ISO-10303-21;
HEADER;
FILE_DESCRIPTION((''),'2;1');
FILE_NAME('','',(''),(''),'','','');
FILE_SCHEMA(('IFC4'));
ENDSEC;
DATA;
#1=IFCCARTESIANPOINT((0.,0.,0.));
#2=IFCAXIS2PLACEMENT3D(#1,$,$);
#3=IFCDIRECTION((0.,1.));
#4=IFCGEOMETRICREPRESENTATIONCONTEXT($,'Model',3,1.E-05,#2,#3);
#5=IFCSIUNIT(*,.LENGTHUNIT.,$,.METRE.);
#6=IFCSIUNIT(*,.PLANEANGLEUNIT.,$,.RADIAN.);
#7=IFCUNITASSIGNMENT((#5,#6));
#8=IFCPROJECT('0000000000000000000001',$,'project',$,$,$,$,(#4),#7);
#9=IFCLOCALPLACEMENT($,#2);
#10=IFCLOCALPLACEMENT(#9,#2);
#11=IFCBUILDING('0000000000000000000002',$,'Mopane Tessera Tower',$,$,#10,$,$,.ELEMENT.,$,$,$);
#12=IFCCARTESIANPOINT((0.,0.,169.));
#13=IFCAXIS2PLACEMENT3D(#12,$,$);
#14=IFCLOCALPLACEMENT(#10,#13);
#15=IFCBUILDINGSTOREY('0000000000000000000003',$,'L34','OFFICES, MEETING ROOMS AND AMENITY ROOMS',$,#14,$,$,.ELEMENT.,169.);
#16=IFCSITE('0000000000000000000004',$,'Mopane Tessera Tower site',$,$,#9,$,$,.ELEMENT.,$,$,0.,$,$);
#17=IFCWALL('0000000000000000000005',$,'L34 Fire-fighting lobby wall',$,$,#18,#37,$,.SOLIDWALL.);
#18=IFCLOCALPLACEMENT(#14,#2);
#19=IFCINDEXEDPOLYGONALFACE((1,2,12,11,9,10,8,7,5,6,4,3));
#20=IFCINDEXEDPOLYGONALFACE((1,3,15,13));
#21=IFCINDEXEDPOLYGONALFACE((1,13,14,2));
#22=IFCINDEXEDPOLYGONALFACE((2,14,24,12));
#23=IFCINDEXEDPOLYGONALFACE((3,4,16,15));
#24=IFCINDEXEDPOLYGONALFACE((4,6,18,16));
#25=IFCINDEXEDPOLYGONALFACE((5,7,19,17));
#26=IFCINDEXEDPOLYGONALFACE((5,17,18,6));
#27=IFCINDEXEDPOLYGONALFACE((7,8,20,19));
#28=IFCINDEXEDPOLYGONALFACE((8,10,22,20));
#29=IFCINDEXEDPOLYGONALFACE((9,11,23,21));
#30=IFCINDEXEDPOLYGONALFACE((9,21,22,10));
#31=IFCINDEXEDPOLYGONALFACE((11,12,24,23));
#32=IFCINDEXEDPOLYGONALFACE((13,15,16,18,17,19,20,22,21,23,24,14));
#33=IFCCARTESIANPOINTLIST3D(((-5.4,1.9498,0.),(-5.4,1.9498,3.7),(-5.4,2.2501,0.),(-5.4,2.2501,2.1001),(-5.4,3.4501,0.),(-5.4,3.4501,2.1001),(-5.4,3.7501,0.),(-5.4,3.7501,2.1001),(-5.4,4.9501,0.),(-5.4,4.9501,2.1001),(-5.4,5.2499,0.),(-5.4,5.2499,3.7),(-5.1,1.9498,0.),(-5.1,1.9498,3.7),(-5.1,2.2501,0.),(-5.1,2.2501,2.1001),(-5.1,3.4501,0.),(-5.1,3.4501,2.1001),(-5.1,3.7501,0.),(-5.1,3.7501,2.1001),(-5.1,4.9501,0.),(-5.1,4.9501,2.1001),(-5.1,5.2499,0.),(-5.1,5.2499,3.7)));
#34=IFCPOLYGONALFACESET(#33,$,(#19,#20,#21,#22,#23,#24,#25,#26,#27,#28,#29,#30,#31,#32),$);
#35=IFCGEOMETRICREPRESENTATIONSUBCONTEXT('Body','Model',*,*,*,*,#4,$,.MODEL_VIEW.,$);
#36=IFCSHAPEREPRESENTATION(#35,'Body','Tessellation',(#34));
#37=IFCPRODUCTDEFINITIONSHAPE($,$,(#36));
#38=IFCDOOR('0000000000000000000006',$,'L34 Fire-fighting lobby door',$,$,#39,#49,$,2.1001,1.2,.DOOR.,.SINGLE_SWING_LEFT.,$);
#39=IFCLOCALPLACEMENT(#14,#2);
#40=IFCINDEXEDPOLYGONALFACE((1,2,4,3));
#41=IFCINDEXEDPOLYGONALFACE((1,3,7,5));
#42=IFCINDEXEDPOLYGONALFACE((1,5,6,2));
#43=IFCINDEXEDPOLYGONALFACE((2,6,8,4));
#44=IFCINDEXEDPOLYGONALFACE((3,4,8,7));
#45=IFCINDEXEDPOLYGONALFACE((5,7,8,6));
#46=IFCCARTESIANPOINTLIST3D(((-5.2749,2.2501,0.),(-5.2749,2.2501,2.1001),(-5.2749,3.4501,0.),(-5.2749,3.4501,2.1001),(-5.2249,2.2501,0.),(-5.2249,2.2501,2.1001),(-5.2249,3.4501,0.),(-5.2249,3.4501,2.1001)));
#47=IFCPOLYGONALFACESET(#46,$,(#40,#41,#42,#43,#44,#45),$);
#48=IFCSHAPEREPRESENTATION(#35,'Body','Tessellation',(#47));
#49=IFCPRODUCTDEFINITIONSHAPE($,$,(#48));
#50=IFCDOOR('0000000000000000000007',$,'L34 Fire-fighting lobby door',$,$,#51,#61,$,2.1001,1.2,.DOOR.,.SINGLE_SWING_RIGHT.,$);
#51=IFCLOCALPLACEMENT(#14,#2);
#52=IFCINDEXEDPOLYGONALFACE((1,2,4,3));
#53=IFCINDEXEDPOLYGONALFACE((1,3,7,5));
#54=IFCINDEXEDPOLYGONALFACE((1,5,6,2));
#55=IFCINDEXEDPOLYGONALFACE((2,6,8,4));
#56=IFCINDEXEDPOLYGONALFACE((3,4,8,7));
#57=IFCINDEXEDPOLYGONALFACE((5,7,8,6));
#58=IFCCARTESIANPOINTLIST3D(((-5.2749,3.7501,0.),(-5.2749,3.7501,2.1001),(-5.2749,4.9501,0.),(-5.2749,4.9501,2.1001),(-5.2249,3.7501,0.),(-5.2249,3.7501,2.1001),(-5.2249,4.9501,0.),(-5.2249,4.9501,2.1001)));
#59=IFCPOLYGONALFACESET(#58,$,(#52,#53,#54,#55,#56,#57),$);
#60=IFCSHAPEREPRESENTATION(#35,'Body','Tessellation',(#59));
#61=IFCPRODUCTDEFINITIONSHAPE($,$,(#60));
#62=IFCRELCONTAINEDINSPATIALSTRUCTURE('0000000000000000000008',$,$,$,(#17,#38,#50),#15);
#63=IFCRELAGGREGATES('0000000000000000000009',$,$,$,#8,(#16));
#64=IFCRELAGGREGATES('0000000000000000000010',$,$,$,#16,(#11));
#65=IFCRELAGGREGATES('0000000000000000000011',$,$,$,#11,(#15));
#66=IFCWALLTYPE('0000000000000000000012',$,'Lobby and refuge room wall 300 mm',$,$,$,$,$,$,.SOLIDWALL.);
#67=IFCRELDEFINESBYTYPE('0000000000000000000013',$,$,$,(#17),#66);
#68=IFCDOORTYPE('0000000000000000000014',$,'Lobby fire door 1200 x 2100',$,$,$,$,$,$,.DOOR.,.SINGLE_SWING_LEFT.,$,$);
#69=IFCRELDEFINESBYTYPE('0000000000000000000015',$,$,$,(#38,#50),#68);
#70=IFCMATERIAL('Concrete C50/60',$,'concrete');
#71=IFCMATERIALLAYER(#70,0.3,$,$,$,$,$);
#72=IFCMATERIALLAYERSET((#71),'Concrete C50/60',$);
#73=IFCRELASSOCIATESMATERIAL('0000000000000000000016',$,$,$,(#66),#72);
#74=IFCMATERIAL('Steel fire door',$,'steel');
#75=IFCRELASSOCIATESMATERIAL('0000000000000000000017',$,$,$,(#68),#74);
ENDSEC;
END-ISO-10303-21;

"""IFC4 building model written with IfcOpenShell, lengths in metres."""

from ifc_helpers import new_model, si_unit, direction, frame, frame_2d, origin, place, context, subcontext, project, spatial, rectangle, extrude, material, layer, layer_set, type_object, element, fill, save


model = new_model("IFC4")

# Units and contexts
model_context = context("Model", 3, precision=1e-05, world=origin(), true_north=direction((0.0, 1.0)))
body_context = subcontext(model_context, "Body", "Model", "MODEL_VIEW")
ifc_project = project(units=[si_unit("LENGTHUNIT", "METRE"), si_unit("PLANEANGLEUNIT", "RADIAN")], contexts=[model_context])

# Site, building, storey
site_placement = place(None, origin())
site = spatial("IfcSite", under=ifc_project, at=site_placement, Name="Mopane Tessera Tower site", CompositionType="ELEMENT", RefElevation=0.0)
building_placement = place(site_placement, origin())
building = spatial("IfcBuilding", under=site, at=building_placement, Name="Mopane Tessera Tower", CompositionType="ELEMENT")
storey_placement = place(building_placement, frame((0.0, 0.0, 169.0)))
storey = spatial("IfcBuildingStorey", under=building, at=storey_placement, Name="L34", Description="OFFICES, MEETING ROOMS AND AMENITY ROOMS", CompositionType="ELEMENT", Elevation=169.0)

# Wall, openings, doors
ifc_material_1 = material(Name="Concrete C50/60", Category="concrete")
ifc_layer_1 = layer(ifc_material_1, 0.3)
ifc_layer_set_1 = layer_set([ifc_layer_1], Name="Concrete C50/60")
wall_type_1 = type_object("IfcWallType", Name="Lobby and refuge room wall 300 mm", PredefinedType="SOLIDWALL", material=ifc_layer_set_1)
wall_1_placement = place(storey_placement, frame((-5.25, 1.95, 0.0), z_axis=(0.0, 0.0, 1.0), x_axis=(0.0, 1.0, 0.0)))
wall_1 = element("IfcWall", 1, at=wall_1_placement, inside=storey, type_object=wall_type_1, Name="L34 Fire-fighting lobby wall", PredefinedType="SOLIDWALL", context=body_context, shape_type="SweptSolid", body=[
    extrude(rectangle(XDim=3.3, YDim=0.3, at=frame_2d((1.6499, 0.0))), origin(), (0.0, 0.0, 1.0), 3.7),
])
opening_1_placement = place(wall_1_placement, frame((0.3, 0.0, 0.0)))
opening_1 = element("IfcOpeningElement", 2, at=opening_1_placement, cuts=wall_1, PredefinedType="OPENING", context=body_context, shape_type="SweptSolid", body=[
    extrude(rectangle(XDim=1.2, YDim=2.1001, at=frame_2d((0.6001, 1.05))), frame((0.0, 0.1621, 0.0), z_axis=(0.0, -1.0, 0.0), x_axis=(1.0, 0.0, 0.0)), (0.0, 0.0, 1.0), 0.324),
])
opening_2_placement = place(wall_1_placement, frame((1.8, 0.0, 0.0)))
opening_2 = element("IfcOpeningElement", 3, at=opening_2_placement, cuts=wall_1, PredefinedType="OPENING", context=body_context, shape_type="SweptSolid", body=[
    extrude(rectangle(XDim=1.2, YDim=2.1001, at=frame_2d((0.6001, 1.05))), frame((0.0, 0.1621, 0.0), z_axis=(0.0, -1.0, 0.0), x_axis=(1.0, 0.0, 0.0)), (0.0, 0.0, 1.0), 0.324),
])
ifc_material_2 = material(Name="Steel fire door", Category="steel")
door_type = type_object("IfcDoorType", Name="Lobby fire door 1200 x 2100", OperationType="SINGLE_SWING_LEFT", PredefinedType="DOOR", material=ifc_material_2)
door_1_placement = place(opening_1_placement, origin())
door_1 = element("IfcDoor", 4, at=door_1_placement, inside=storey, type_object=door_type, Name="L34 Fire-fighting lobby door", OperationType="SINGLE_SWING_LEFT", OverallHeight=2.1001, OverallWidth=1.2, PredefinedType="DOOR", context=body_context, shape_type="SweptSolid", body=[
    extrude(rectangle(XDim=1.2, YDim=2.1001, at=frame_2d((0.6001, 1.05))), frame((0.0, 0.0249, 0.0), z_axis=(0.0, -1.0, 0.0), x_axis=(1.0, 0.0, 0.0)), (0.0, 0.0, 1.0), 0.05),
])
fill(opening_1, door_1)
door_2_placement = place(opening_2_placement, origin())
door_2 = element("IfcDoor", 5, at=door_2_placement, inside=storey, type_object=door_type, Name="L34 Fire-fighting lobby door", OperationType="SINGLE_SWING_RIGHT", OverallHeight=2.1001, OverallWidth=1.2, PredefinedType="DOOR", context=body_context, shape_type="SweptSolid", body=[
    extrude(rectangle(XDim=1.2, YDim=2.1001, at=frame_2d((0.6001, 1.05))), frame((0.0, 0.0249, 0.0), z_axis=(0.0, -1.0, 0.0), x_axis=(1.0, 0.0, 0.0)), (0.0, 0.0, 1.0), 0.05),
])
fill(opening_2, door_2)

save(model, "model.ifc")
